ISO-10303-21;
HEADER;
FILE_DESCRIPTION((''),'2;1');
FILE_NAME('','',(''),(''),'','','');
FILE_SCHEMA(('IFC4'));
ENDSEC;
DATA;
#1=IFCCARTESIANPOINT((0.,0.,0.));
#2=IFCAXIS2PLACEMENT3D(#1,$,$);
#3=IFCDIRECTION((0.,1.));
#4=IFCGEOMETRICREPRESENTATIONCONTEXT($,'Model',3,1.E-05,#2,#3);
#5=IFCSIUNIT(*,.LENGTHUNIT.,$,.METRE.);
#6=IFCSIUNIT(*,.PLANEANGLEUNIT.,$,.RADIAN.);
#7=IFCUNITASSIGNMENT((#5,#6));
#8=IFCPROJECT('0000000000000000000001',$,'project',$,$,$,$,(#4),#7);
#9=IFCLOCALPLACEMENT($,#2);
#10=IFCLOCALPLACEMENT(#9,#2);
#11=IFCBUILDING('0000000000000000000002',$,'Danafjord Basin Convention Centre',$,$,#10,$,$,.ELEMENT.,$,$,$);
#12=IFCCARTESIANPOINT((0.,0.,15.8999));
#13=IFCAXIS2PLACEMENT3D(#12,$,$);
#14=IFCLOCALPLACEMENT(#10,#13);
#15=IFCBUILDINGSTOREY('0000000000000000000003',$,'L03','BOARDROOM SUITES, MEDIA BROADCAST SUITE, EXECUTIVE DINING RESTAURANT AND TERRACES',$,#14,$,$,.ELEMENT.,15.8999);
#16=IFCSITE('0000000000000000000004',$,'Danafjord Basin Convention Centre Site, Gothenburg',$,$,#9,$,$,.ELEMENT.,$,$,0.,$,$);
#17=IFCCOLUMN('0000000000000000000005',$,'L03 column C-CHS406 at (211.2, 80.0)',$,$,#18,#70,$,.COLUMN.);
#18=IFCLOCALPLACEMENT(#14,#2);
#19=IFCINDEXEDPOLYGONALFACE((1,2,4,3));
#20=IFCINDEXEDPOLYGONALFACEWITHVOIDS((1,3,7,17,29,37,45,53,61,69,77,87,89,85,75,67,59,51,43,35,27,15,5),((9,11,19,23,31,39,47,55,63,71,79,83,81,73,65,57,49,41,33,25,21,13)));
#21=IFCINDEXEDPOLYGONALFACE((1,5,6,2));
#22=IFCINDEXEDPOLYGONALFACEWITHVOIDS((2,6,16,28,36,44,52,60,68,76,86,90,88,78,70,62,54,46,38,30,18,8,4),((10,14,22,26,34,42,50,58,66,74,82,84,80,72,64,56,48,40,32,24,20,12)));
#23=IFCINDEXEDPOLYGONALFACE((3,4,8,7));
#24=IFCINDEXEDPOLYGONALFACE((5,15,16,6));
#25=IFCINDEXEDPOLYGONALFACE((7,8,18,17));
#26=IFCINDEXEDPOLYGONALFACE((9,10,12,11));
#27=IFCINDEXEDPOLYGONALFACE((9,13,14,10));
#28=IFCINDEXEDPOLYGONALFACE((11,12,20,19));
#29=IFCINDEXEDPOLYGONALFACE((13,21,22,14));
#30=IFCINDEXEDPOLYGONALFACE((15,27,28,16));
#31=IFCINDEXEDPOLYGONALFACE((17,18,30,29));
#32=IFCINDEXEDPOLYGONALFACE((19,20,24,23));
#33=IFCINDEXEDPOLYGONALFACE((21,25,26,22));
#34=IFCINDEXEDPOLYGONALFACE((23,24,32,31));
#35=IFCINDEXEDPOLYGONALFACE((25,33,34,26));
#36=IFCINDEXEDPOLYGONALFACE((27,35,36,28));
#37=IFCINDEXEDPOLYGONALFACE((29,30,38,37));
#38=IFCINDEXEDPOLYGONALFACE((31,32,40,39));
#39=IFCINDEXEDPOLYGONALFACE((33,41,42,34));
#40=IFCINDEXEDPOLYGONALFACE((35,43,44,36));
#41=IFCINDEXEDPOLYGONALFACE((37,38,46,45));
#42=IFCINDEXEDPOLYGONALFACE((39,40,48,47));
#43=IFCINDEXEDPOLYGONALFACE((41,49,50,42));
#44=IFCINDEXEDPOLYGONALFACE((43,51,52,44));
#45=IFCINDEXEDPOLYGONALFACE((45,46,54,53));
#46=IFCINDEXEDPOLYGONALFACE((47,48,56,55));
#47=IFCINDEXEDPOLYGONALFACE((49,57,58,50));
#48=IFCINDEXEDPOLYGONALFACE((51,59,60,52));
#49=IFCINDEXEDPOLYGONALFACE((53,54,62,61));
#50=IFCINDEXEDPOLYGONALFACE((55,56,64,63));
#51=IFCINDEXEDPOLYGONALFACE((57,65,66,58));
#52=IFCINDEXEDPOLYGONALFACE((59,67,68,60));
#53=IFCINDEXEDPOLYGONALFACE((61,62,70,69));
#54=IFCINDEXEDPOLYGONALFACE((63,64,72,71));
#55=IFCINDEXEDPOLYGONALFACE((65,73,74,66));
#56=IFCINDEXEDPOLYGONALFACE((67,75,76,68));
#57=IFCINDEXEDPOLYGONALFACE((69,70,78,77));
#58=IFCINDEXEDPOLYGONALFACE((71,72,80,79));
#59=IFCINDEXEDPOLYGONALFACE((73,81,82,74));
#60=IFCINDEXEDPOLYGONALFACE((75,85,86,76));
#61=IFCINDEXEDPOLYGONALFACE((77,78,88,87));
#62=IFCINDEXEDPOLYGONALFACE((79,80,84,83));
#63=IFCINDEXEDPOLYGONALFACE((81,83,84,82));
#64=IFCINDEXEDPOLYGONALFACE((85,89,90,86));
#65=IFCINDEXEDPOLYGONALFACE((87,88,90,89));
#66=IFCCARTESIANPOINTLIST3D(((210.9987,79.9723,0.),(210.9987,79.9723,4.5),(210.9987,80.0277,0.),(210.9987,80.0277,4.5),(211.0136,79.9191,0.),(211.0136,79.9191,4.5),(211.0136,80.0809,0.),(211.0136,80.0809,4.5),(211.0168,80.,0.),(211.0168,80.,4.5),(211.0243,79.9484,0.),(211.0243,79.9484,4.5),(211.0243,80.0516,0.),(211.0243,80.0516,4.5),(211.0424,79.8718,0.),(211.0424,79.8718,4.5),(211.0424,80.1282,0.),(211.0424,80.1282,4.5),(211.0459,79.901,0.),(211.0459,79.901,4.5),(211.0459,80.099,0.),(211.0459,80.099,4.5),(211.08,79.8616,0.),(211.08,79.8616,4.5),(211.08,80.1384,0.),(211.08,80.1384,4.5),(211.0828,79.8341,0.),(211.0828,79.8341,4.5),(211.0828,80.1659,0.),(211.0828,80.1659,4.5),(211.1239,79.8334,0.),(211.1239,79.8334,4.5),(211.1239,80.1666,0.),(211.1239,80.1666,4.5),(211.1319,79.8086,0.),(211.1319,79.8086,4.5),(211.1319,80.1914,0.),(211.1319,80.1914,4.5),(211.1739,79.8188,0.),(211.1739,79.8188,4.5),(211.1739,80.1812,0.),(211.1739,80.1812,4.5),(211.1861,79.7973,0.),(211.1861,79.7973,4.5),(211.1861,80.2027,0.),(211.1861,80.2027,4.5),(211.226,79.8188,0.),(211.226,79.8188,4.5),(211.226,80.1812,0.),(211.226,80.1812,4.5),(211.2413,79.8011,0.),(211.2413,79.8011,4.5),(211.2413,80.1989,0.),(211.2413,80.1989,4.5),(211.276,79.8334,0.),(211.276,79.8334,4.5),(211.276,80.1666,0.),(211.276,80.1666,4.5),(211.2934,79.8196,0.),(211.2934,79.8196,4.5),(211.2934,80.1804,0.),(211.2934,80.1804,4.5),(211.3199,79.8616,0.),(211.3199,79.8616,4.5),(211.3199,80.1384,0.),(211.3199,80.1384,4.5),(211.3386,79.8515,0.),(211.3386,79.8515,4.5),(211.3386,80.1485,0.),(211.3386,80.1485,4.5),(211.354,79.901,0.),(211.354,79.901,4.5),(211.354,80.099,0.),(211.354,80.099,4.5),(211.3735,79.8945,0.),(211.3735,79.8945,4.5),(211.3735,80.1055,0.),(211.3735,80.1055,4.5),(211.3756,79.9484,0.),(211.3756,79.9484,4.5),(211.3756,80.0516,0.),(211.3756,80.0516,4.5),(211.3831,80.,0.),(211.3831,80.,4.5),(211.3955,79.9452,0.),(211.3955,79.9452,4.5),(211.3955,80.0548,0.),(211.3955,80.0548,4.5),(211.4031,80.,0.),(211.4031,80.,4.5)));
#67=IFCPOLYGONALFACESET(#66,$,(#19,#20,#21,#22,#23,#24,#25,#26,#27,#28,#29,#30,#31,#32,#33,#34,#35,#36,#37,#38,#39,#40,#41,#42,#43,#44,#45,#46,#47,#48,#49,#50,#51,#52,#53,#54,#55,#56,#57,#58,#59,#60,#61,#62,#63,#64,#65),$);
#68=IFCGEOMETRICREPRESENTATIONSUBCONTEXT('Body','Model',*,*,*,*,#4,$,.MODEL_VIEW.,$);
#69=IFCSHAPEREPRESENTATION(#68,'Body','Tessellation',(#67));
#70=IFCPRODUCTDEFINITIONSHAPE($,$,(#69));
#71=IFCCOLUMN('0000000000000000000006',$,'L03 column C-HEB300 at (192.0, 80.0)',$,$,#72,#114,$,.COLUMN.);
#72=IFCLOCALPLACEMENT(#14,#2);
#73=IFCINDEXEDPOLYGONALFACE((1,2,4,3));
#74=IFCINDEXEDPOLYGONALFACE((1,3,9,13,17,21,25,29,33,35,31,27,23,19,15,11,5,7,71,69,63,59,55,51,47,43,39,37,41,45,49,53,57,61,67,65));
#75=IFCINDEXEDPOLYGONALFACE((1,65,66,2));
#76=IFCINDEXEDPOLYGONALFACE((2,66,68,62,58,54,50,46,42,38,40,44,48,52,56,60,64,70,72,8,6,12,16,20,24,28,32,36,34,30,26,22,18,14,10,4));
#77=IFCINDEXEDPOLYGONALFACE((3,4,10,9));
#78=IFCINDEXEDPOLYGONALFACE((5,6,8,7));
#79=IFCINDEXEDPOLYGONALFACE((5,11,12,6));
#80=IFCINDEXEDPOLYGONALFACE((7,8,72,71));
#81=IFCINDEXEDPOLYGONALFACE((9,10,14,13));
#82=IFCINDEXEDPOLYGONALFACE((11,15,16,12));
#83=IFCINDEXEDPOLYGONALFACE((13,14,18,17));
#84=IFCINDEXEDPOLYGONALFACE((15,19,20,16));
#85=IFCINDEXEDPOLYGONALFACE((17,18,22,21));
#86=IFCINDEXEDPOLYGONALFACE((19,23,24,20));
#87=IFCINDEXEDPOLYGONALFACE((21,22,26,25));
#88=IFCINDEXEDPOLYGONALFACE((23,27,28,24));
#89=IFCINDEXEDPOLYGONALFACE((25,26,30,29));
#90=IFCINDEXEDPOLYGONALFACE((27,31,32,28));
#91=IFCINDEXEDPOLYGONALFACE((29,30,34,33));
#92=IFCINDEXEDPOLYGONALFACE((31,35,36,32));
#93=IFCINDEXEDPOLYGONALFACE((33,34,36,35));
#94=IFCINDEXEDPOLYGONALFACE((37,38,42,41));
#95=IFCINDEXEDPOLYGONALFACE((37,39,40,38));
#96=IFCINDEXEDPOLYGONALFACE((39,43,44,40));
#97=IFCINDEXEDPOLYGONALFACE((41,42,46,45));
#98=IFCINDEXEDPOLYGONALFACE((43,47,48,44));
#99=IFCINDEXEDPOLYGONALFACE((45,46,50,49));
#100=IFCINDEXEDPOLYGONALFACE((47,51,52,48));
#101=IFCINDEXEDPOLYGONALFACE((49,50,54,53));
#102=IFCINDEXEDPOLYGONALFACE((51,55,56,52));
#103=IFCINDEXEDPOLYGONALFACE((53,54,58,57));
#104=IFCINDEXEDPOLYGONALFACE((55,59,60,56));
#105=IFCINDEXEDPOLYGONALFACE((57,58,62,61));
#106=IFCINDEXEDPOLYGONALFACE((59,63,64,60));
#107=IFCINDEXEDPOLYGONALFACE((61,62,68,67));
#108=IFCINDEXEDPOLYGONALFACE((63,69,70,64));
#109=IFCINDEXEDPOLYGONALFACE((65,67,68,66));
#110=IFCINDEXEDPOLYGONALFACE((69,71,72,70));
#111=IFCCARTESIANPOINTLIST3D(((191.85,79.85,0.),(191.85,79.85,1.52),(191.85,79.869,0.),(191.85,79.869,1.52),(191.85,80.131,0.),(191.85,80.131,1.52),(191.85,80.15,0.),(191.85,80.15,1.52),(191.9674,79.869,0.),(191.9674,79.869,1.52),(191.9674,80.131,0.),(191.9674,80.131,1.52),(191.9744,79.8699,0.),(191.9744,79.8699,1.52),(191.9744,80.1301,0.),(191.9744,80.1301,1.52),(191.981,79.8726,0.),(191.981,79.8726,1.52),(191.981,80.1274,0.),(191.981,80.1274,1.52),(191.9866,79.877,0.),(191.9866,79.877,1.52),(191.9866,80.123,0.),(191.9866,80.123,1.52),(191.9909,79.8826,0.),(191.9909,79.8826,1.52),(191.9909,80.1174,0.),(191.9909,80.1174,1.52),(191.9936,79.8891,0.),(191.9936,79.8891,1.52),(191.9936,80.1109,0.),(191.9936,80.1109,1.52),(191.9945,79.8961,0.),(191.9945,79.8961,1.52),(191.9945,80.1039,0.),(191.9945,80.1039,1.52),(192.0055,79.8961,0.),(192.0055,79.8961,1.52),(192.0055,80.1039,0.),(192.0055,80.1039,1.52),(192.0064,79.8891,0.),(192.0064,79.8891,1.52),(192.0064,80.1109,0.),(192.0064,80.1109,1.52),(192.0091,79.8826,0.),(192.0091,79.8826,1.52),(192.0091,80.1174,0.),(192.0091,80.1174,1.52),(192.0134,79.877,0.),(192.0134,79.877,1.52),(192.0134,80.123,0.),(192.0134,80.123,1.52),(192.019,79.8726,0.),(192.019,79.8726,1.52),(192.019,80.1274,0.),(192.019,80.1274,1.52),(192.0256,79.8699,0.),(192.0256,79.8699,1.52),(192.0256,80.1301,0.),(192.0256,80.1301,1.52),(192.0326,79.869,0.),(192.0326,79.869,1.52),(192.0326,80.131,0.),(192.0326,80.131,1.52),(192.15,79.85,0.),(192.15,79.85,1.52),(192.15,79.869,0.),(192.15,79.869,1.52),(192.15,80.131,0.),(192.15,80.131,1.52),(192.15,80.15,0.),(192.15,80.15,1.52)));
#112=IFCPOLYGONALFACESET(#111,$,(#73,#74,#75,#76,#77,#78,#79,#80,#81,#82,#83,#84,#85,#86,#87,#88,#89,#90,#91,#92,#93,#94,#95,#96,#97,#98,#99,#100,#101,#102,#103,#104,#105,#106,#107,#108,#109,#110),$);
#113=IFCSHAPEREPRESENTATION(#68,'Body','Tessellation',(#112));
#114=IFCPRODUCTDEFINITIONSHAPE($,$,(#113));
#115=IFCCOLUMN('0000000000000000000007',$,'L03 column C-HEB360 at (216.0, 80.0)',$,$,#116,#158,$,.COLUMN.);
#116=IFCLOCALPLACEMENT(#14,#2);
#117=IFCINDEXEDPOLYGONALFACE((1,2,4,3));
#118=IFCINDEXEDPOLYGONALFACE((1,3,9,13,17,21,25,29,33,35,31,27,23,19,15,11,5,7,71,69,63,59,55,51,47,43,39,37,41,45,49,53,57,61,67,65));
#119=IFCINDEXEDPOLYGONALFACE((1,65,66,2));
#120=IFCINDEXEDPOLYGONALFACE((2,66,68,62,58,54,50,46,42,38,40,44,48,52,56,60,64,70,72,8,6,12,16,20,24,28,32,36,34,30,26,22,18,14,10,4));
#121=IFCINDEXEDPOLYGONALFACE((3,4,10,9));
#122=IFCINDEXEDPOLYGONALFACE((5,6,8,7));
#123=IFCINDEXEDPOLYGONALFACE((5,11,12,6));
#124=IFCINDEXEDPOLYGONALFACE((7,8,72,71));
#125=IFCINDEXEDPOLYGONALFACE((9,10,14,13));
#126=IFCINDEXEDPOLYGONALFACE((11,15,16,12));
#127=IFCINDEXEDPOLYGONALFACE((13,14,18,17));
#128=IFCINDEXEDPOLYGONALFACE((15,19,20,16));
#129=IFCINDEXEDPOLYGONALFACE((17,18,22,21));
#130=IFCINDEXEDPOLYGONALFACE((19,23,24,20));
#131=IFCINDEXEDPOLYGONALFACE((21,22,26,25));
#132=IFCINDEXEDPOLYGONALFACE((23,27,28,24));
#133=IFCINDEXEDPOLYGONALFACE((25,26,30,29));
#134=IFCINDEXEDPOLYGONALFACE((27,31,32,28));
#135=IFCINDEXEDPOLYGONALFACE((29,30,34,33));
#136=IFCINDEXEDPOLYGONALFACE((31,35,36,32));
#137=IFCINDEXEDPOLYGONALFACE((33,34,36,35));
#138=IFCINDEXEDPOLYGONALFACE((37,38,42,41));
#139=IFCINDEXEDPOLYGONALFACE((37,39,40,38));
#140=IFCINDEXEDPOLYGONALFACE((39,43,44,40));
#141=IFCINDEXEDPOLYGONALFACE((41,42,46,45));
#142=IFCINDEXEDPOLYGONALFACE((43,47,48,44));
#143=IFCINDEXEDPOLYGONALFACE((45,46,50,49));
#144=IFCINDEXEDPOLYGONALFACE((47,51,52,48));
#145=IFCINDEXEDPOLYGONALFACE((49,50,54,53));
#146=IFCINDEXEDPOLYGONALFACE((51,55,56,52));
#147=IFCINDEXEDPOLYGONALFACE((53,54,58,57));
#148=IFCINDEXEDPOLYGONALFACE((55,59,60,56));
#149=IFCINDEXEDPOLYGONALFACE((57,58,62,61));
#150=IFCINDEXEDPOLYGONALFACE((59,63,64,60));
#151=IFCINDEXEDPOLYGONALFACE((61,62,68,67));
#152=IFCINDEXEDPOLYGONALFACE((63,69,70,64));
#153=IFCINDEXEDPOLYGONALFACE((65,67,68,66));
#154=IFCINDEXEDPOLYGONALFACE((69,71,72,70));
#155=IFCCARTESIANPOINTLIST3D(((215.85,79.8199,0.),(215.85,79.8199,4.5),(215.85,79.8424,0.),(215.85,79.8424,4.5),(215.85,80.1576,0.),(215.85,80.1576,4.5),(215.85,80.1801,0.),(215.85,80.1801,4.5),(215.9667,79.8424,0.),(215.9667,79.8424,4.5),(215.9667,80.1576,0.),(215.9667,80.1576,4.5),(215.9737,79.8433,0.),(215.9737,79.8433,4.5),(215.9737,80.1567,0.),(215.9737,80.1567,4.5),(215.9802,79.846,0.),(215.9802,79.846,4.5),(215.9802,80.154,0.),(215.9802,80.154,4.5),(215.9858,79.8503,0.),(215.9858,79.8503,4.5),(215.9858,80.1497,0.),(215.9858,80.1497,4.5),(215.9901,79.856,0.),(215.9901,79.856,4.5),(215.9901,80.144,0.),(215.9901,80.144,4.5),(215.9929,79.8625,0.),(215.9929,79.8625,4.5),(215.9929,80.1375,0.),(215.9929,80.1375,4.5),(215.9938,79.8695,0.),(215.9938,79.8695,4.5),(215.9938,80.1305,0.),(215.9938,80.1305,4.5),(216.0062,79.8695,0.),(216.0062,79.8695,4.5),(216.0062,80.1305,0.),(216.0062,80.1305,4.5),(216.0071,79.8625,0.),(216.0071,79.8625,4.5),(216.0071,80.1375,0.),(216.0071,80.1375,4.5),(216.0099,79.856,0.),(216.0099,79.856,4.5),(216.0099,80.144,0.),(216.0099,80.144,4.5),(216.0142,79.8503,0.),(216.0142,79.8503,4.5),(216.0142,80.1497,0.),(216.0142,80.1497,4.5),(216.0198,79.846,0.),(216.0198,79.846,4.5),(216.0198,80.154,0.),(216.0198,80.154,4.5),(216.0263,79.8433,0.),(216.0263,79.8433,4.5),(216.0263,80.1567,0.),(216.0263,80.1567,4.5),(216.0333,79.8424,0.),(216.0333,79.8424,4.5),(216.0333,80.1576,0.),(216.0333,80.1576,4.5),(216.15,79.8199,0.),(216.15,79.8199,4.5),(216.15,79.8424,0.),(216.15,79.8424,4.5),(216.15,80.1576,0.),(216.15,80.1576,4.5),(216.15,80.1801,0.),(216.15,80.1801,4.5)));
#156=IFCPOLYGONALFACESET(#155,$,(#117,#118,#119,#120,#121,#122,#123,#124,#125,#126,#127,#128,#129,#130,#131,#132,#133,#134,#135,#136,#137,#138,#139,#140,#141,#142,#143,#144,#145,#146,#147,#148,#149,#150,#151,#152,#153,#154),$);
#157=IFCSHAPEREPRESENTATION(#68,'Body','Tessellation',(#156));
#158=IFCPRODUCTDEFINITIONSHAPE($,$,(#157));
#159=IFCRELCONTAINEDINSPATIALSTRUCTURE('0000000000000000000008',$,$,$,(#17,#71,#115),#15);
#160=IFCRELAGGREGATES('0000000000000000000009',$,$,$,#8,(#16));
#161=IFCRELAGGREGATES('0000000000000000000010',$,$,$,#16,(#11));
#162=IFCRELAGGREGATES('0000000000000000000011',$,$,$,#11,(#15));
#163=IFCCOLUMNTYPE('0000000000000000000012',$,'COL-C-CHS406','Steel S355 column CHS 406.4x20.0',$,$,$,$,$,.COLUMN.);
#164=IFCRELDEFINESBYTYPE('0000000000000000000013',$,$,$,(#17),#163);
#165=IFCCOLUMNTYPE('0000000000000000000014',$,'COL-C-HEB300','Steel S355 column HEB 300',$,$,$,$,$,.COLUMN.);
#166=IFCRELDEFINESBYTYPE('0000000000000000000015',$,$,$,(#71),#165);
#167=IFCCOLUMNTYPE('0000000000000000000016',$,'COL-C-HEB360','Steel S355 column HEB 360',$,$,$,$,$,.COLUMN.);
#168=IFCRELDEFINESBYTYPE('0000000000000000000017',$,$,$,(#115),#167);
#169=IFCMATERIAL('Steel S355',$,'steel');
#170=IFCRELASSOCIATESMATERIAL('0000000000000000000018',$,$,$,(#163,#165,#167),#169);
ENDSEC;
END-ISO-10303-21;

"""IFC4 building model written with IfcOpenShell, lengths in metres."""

from ifc_helpers import new_model, si_unit, direction, frame, origin, origin_2d, place, context, subcontext, project, spatial, hollow_circle, i_section, extrude, material, material_profile, profile_set, type_object, element, save


model = new_model("IFC4")

# Units and contexts
model_context = context("Model", 3, precision=1e-05, world=origin(), true_north=direction((0.0, 1.0)))
body_context = subcontext(model_context, "Body", "Model", "MODEL_VIEW")
ifc_project = project(units=[si_unit("LENGTHUNIT", "METRE"), si_unit("PLANEANGLEUNIT", "RADIAN")], contexts=[model_context])

# Site, building, storey
site_placement = place(None, origin())
site = spatial("IfcSite", under=ifc_project, at=site_placement, Name="Danafjord Basin Convention Centre Site, Gothenburg", CompositionType="ELEMENT", RefElevation=0.0)
building_placement = place(site_placement, origin())
building = spatial("IfcBuilding", under=site, at=building_placement, Name="Danafjord Basin Convention Centre", CompositionType="ELEMENT")
storey_placement = place(building_placement, frame((0.0, 0.0, 15.8999)))
storey = spatial("IfcBuildingStorey", under=building, at=storey_placement, Name="L03", Description="BOARDROOM SUITES, MEDIA BROADCAST SUITE, EXECUTIVE DINING RESTAURANT AND TERRACES", CompositionType="ELEMENT", Elevation=15.8999)

# Columns
ifc_material_1 = material(Name="Steel S355", Category="steel")
ifc_material_profile_1 = material_profile(ifc_material_1, hollow_circle(Radius=0.2031, WallThickness=0.02, at=origin_2d()), Name="CHS 406.4x20.0")
ifc_profile_set_1 = profile_set([ifc_material_profile_1], Name="Steel S355")
column_type_1 = type_object("IfcColumnType", Name="COL-C-CHS406", Description="Steel S355 column CHS 406.4x20.0", PredefinedType="COLUMN", material=ifc_profile_set_1)
column_1_placement = place(storey_placement, frame((211.2, 80.0, 0.0), z_axis=(0.0, 0.0, 1.0), x_axis=(1.0, 0.0, 0.0)))
element("IfcColumn", 1, at=column_1_placement, inside=storey, type_object=column_type_1, Name="L03 column C-CHS406 at (211.2, 80.0)", PredefinedType="COLUMN", context=body_context, shape_type="SweptSolid", body=[
    extrude(hollow_circle(Radius=0.2031, WallThickness=0.02, at=origin_2d()), origin(), (0.0, 0.0, 1.0), 4.5),
])
ifc_material_profile_2 = material_profile(ifc_material_1, i_section(OverallWidth=0.3, OverallDepth=0.3, WebThickness=0.011, FlangeThickness=0.019, FilletRadius=0.0271, at=origin_2d()), Name="HEB 300")
ifc_profile_set_2 = profile_set([ifc_material_profile_2], Name="Steel S355")
column_type_2 = type_object("IfcColumnType", Name="COL-C-HEB300", Description="Steel S355 column HEB 300", PredefinedType="COLUMN", material=ifc_profile_set_2)
column_2_placement = place(storey_placement, frame((192.0, 80.0, 0.0), z_axis=(0.0, 0.0, 1.0), x_axis=(1.0, 0.0, 0.0)))
element("IfcColumn", 2, at=column_2_placement, inside=storey, type_object=column_type_2, Name="L03 column C-HEB300 at (192.0, 80.0)", PredefinedType="COLUMN", context=body_context, shape_type="SweptSolid", body=[
    extrude(i_section(OverallWidth=0.3, OverallDepth=0.3, WebThickness=0.011, FlangeThickness=0.019, FilletRadius=0.0271, at=origin_2d()), origin(), (0.0, 0.0, 1.0), 1.52),
])
ifc_material_profile_3 = material_profile(ifc_material_1, i_section(OverallWidth=0.3, OverallDepth=0.3601, WebThickness=0.0125, FlangeThickness=0.0225, FilletRadius=0.0271, at=origin_2d()), Name="HEB 360")
ifc_profile_set_3 = profile_set([ifc_material_profile_3], Name="Steel S355")
column_type_3 = type_object("IfcColumnType", Name="COL-C-HEB360", Description="Steel S355 column HEB 360", PredefinedType="COLUMN", material=ifc_profile_set_3)
column_3_placement = place(storey_placement, frame((216.0, 80.0, 0.0), z_axis=(0.0, 0.0, 1.0), x_axis=(1.0, 0.0, 0.0)))
element("IfcColumn", 3, at=column_3_placement, inside=storey, type_object=column_type_3, Name="L03 column C-HEB360 at (216.0, 80.0)", PredefinedType="COLUMN", context=body_context, shape_type="SweptSolid", body=[
    extrude(i_section(OverallWidth=0.3, OverallDepth=0.3601, WebThickness=0.0125, FlangeThickness=0.0225, FilletRadius=0.0271, at=origin_2d()), origin(), (0.0, 0.0, 1.0), 4.5),
])

save(model, "model.ifc")
